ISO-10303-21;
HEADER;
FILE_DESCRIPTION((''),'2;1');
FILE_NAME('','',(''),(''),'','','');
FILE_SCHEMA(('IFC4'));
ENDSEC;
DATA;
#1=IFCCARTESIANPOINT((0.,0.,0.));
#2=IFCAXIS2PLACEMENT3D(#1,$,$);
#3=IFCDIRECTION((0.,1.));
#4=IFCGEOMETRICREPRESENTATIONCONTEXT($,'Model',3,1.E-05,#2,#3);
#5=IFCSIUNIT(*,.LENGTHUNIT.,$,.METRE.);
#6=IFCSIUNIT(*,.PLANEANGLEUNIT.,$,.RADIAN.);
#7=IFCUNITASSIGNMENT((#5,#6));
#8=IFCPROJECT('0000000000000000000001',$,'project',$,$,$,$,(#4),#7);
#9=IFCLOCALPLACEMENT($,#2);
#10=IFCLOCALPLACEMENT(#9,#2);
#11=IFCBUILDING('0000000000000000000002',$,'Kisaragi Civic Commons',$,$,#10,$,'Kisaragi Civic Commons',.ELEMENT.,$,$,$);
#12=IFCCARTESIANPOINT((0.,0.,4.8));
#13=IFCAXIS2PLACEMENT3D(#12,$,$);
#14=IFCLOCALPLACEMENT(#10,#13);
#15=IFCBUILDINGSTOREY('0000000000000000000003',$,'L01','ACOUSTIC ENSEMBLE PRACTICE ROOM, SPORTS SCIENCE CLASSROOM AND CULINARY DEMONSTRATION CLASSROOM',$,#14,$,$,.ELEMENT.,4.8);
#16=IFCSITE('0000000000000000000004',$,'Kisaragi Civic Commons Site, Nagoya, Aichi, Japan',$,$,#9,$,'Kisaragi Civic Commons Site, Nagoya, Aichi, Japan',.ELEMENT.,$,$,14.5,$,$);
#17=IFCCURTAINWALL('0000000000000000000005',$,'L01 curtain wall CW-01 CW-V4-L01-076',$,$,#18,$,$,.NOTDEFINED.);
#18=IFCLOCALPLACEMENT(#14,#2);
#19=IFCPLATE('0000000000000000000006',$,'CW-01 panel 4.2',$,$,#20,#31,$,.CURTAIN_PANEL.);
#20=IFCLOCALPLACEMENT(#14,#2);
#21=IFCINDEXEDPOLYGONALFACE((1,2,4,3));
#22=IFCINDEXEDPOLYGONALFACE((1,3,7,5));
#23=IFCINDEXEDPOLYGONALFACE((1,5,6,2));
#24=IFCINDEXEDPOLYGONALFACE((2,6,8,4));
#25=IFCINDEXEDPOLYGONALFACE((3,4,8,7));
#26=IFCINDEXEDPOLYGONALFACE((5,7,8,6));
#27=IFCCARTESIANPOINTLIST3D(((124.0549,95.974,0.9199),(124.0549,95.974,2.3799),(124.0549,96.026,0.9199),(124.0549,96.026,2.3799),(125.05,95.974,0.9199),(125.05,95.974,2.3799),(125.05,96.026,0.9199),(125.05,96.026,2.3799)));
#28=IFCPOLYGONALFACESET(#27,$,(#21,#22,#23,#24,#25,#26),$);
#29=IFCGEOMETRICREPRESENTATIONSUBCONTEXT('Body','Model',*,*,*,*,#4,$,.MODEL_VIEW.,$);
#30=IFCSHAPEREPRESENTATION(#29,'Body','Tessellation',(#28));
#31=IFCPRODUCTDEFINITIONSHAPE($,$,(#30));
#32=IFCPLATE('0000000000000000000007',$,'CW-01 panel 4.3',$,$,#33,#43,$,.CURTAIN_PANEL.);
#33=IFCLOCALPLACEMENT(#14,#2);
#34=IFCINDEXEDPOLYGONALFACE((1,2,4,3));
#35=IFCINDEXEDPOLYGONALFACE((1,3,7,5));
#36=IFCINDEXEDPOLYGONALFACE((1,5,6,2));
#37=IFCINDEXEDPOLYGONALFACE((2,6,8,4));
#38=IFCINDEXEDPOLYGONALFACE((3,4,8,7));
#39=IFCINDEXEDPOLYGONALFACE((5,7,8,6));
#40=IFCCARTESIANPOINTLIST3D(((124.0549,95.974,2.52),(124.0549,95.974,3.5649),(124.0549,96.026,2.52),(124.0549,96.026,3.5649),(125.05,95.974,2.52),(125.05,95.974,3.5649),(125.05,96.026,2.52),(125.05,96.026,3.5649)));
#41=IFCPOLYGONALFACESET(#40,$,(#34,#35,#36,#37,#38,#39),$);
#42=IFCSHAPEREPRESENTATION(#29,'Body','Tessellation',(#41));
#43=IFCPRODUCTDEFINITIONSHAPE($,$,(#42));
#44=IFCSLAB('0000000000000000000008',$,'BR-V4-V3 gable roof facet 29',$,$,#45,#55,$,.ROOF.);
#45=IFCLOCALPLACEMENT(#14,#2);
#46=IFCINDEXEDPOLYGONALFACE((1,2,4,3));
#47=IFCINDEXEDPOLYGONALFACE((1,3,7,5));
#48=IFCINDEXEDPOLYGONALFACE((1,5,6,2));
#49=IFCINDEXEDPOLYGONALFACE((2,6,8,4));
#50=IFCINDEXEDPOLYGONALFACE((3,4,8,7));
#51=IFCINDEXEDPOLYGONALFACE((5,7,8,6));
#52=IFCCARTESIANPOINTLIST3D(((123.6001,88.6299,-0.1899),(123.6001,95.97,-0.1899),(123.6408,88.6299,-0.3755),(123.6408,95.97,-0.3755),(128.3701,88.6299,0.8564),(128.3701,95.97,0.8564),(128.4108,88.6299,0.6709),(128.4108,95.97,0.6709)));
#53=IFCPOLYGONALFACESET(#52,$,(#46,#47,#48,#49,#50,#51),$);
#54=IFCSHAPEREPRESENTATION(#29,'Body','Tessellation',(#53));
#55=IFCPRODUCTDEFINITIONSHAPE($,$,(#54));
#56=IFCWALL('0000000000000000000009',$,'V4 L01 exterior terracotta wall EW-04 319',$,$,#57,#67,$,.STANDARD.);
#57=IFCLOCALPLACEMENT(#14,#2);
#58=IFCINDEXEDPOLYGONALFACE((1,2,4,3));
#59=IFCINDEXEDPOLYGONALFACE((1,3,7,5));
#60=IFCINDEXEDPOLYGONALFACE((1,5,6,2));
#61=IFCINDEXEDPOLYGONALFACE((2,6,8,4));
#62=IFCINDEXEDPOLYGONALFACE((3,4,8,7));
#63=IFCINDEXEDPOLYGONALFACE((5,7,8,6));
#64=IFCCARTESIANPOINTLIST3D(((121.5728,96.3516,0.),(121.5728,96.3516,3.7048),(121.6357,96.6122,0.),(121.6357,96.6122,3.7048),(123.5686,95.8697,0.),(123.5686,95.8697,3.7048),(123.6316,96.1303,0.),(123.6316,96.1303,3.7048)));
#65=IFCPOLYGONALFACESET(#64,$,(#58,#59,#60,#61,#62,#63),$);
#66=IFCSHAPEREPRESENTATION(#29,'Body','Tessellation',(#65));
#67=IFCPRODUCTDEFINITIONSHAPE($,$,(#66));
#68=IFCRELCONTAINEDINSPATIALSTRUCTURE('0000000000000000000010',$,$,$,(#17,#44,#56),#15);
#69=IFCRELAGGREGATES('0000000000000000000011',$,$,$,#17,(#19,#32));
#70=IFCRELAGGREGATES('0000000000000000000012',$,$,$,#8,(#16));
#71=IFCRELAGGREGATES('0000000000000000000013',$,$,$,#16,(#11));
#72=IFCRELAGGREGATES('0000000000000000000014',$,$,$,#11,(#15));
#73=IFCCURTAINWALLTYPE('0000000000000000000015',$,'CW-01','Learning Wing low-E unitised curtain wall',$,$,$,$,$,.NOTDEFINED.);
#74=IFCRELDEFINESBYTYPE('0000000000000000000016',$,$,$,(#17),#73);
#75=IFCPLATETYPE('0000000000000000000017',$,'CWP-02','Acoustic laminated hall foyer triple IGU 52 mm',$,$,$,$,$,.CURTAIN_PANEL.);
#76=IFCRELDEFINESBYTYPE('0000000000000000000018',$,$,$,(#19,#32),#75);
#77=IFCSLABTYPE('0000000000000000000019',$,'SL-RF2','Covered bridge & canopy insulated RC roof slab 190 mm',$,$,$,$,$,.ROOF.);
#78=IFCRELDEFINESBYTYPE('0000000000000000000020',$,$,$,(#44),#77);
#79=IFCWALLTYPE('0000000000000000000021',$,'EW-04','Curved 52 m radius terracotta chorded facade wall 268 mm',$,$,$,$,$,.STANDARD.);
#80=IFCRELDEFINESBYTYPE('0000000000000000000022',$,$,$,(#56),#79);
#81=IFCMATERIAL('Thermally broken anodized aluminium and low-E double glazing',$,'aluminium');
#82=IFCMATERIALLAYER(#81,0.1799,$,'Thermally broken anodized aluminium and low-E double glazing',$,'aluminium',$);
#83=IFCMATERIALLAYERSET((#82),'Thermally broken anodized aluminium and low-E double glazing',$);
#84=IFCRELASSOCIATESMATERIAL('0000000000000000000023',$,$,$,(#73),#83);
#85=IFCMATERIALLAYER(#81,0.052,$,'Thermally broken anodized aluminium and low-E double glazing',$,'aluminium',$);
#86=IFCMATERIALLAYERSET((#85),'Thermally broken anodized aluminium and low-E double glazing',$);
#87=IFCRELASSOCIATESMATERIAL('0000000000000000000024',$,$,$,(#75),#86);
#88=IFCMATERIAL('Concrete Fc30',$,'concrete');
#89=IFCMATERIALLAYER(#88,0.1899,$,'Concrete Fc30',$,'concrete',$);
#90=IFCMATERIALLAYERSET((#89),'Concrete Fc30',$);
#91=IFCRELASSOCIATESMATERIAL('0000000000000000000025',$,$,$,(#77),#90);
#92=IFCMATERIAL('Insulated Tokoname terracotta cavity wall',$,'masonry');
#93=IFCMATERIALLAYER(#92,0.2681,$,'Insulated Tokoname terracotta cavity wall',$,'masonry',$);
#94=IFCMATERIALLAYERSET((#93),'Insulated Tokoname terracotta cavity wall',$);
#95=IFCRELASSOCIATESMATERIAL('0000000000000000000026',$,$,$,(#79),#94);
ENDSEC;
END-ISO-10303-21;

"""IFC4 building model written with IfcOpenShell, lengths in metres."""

from ifc_helpers import new_model, si_unit, direction, frame, frame_2d, origin, origin_2d, place, context, subcontext, project, spatial, polyline, rectangle, outline, extrude, material, layer, layer_set, type_object, element, aggregate, save


model = new_model("IFC4")

# Units and contexts
model_context = context("Model", 3, precision=1e-05, world=origin(), true_north=direction((0.0, 1.0)))
body_context = subcontext(model_context, "Body", "Model", "MODEL_VIEW")
ifc_project = project(units=[si_unit("LENGTHUNIT", "METRE"), si_unit("PLANEANGLEUNIT", "RADIAN")], contexts=[model_context])

# Site, building, storey
site_placement = place(None, origin())
site = spatial("IfcSite", under=ifc_project, at=site_placement, Name="Kisaragi Civic Commons Site, Nagoya, Aichi, Japan", LongName="Kisaragi Civic Commons Site, Nagoya, Aichi, Japan", CompositionType="ELEMENT", RefElevation=14.5)
building_placement = place(site_placement, origin())
building = spatial("IfcBuilding", under=site, at=building_placement, Name="Kisaragi Civic Commons", LongName="Kisaragi Civic Commons", CompositionType="ELEMENT")
storey_placement = place(building_placement, frame((0.0, 0.0, 4.8)))
storey = spatial("IfcBuildingStorey", under=building, at=storey_placement, Name="L01", Description="ACOUSTIC ENSEMBLE PRACTICE ROOM, SPORTS SCIENCE CLASSROOM AND CULINARY DEMONSTRATION CLASSROOM", CompositionType="ELEMENT", Elevation=4.8)

# Curtain wall
ifc_material_1 = material(Name="Thermally broken anodized aluminium and low-E double glazing", Category="aluminium")
ifc_layer_1 = layer(ifc_material_1, 0.1799, Name="Thermally broken anodized aluminium and low-E double glazing", Category="aluminium")
ifc_layer_set_1 = layer_set([ifc_layer_1], Name="Thermally broken anodized aluminium and low-E double glazing")
curtain_wall_type = type_object("IfcCurtainWallType", Name="CW-01", Description="Learning Wing low-E unitised curtain wall", PredefinedType="NOTDEFINED", material=ifc_layer_set_1)
curtain_wall_placement = place(storey_placement, origin())
curtain_wall = element("IfcCurtainWall", 1, at=curtain_wall_placement, inside=storey, type_object=curtain_wall_type, Name="L01 curtain wall CW-01 CW-V4-L01-076", PredefinedType="NOTDEFINED")

# Shared definitions
ifc_material_2 = material(Name="Concrete Fc30", Category="concrete")

# Plates
ifc_layer_2 = layer(ifc_material_1, 0.052, Name="Thermally broken anodized aluminium and low-E double glazing", Category="aluminium")
ifc_layer_set_2 = layer_set([ifc_layer_2], Name="Thermally broken anodized aluminium and low-E double glazing")
plate_type = type_object("IfcPlateType", Name="CWP-02", Description="Acoustic laminated hall foyer triple IGU 52 mm", PredefinedType="CURTAIN_PANEL", material=ifc_layer_set_2)
plate_1_placement = place(storey_placement, frame((124.5525, 96.0, 0.9199), z_axis=(0.0, 0.0, 1.0), x_axis=(-1.0, 0.0, 0.0)))
plate_1 = element("IfcPlate", 2, at=plate_1_placement, type_object=plate_type, Name="CW-01 panel 4.2", PredefinedType="CURTAIN_PANEL", context=body_context, shape_type="SweptSolid", body=[
    extrude(rectangle(XDim=0.9951, YDim=0.052, at=origin_2d()), origin(), (0.0, 0.0, 1.0), 1.46),
])
plate_2_placement = place(storey_placement, frame((124.5525, 96.0, 2.52), z_axis=(0.0, 0.0, 1.0), x_axis=(-1.0, 0.0, 0.0)))
plate_2 = element("IfcPlate", 3, at=plate_2_placement, type_object=plate_type, Name="CW-01 panel 4.3", PredefinedType="CURTAIN_PANEL", context=body_context, shape_type="SweptSolid", body=[
    extrude(rectangle(XDim=0.9951, YDim=0.052, at=origin_2d()), origin(), (0.0, 0.0, 1.0), 1.0449),
])
aggregate(curtain_wall, [plate_1, plate_2])

# Slab
ifc_layer_3 = layer(ifc_material_2, 0.1899, Name="Concrete Fc30", Category="concrete")
ifc_layer_set_3 = layer_set([ifc_layer_3], Name="Concrete Fc30")
slab_type = type_object("IfcSlabType", Name="SL-RF2", Description="Covered bridge & canopy insulated RC roof slab 190 mm", PredefinedType="ROOF", material=ifc_layer_set_3)
slab_placement = place(storey_placement, frame((123.6001, 88.6299, -0.1899), z_axis=(-0.214272, 0.0, 0.976774), x_axis=(0.976774, 0.0, 0.214272)))
element("IfcSlab", 4, at=slab_placement, inside=storey, type_object=slab_type, Name="BR-V4-V3 gable roof facet 29", PredefinedType="ROOF", context=body_context, shape_type="SweptSolid", body=[
    extrude(outline(polyline([(0.0, 0.0), (4.8834, 0.0), (4.8834, 7.3401), (0.0, 7.3401), (0.0, 0.0)])), origin(), (0.0, 0.0, -1.0), 0.1899),
])

# Wall
ifc_material_3 = material(Name="Insulated Tokoname terracotta cavity wall", Category="masonry")
ifc_layer_4 = layer(ifc_material_3, 0.2681, Name="Insulated Tokoname terracotta cavity wall", Category="masonry")
ifc_layer_set_4 = layer_set([ifc_layer_4], Name="Insulated Tokoname terracotta cavity wall")
wall_type = type_object("IfcWallType", Name="EW-04", Description="Curved 52 m radius terracotta chorded facade wall 268 mm", PredefinedType="STANDARD", material=ifc_layer_set_4)
wall_placement = place(storey_placement, frame((123.6001, 96.0, 0.0), z_axis=(0.0, 0.0, 1.0), x_axis=(-0.972063, 0.234722, 0.0)))
element("IfcWall", 5, at=wall_placement, inside=storey, type_object=wall_type, Name="V4 L01 exterior terracotta wall EW-04 319", PredefinedType="STANDARD", context=body_context, shape_type="SweptSolid", body=[
    extrude(rectangle(XDim=2.0532, YDim=0.2681, at=frame_2d((1.0266, 0.0))), origin(), (0.0, 0.0, 1.0), 3.7048),
])

save(model, "model.ifc")
